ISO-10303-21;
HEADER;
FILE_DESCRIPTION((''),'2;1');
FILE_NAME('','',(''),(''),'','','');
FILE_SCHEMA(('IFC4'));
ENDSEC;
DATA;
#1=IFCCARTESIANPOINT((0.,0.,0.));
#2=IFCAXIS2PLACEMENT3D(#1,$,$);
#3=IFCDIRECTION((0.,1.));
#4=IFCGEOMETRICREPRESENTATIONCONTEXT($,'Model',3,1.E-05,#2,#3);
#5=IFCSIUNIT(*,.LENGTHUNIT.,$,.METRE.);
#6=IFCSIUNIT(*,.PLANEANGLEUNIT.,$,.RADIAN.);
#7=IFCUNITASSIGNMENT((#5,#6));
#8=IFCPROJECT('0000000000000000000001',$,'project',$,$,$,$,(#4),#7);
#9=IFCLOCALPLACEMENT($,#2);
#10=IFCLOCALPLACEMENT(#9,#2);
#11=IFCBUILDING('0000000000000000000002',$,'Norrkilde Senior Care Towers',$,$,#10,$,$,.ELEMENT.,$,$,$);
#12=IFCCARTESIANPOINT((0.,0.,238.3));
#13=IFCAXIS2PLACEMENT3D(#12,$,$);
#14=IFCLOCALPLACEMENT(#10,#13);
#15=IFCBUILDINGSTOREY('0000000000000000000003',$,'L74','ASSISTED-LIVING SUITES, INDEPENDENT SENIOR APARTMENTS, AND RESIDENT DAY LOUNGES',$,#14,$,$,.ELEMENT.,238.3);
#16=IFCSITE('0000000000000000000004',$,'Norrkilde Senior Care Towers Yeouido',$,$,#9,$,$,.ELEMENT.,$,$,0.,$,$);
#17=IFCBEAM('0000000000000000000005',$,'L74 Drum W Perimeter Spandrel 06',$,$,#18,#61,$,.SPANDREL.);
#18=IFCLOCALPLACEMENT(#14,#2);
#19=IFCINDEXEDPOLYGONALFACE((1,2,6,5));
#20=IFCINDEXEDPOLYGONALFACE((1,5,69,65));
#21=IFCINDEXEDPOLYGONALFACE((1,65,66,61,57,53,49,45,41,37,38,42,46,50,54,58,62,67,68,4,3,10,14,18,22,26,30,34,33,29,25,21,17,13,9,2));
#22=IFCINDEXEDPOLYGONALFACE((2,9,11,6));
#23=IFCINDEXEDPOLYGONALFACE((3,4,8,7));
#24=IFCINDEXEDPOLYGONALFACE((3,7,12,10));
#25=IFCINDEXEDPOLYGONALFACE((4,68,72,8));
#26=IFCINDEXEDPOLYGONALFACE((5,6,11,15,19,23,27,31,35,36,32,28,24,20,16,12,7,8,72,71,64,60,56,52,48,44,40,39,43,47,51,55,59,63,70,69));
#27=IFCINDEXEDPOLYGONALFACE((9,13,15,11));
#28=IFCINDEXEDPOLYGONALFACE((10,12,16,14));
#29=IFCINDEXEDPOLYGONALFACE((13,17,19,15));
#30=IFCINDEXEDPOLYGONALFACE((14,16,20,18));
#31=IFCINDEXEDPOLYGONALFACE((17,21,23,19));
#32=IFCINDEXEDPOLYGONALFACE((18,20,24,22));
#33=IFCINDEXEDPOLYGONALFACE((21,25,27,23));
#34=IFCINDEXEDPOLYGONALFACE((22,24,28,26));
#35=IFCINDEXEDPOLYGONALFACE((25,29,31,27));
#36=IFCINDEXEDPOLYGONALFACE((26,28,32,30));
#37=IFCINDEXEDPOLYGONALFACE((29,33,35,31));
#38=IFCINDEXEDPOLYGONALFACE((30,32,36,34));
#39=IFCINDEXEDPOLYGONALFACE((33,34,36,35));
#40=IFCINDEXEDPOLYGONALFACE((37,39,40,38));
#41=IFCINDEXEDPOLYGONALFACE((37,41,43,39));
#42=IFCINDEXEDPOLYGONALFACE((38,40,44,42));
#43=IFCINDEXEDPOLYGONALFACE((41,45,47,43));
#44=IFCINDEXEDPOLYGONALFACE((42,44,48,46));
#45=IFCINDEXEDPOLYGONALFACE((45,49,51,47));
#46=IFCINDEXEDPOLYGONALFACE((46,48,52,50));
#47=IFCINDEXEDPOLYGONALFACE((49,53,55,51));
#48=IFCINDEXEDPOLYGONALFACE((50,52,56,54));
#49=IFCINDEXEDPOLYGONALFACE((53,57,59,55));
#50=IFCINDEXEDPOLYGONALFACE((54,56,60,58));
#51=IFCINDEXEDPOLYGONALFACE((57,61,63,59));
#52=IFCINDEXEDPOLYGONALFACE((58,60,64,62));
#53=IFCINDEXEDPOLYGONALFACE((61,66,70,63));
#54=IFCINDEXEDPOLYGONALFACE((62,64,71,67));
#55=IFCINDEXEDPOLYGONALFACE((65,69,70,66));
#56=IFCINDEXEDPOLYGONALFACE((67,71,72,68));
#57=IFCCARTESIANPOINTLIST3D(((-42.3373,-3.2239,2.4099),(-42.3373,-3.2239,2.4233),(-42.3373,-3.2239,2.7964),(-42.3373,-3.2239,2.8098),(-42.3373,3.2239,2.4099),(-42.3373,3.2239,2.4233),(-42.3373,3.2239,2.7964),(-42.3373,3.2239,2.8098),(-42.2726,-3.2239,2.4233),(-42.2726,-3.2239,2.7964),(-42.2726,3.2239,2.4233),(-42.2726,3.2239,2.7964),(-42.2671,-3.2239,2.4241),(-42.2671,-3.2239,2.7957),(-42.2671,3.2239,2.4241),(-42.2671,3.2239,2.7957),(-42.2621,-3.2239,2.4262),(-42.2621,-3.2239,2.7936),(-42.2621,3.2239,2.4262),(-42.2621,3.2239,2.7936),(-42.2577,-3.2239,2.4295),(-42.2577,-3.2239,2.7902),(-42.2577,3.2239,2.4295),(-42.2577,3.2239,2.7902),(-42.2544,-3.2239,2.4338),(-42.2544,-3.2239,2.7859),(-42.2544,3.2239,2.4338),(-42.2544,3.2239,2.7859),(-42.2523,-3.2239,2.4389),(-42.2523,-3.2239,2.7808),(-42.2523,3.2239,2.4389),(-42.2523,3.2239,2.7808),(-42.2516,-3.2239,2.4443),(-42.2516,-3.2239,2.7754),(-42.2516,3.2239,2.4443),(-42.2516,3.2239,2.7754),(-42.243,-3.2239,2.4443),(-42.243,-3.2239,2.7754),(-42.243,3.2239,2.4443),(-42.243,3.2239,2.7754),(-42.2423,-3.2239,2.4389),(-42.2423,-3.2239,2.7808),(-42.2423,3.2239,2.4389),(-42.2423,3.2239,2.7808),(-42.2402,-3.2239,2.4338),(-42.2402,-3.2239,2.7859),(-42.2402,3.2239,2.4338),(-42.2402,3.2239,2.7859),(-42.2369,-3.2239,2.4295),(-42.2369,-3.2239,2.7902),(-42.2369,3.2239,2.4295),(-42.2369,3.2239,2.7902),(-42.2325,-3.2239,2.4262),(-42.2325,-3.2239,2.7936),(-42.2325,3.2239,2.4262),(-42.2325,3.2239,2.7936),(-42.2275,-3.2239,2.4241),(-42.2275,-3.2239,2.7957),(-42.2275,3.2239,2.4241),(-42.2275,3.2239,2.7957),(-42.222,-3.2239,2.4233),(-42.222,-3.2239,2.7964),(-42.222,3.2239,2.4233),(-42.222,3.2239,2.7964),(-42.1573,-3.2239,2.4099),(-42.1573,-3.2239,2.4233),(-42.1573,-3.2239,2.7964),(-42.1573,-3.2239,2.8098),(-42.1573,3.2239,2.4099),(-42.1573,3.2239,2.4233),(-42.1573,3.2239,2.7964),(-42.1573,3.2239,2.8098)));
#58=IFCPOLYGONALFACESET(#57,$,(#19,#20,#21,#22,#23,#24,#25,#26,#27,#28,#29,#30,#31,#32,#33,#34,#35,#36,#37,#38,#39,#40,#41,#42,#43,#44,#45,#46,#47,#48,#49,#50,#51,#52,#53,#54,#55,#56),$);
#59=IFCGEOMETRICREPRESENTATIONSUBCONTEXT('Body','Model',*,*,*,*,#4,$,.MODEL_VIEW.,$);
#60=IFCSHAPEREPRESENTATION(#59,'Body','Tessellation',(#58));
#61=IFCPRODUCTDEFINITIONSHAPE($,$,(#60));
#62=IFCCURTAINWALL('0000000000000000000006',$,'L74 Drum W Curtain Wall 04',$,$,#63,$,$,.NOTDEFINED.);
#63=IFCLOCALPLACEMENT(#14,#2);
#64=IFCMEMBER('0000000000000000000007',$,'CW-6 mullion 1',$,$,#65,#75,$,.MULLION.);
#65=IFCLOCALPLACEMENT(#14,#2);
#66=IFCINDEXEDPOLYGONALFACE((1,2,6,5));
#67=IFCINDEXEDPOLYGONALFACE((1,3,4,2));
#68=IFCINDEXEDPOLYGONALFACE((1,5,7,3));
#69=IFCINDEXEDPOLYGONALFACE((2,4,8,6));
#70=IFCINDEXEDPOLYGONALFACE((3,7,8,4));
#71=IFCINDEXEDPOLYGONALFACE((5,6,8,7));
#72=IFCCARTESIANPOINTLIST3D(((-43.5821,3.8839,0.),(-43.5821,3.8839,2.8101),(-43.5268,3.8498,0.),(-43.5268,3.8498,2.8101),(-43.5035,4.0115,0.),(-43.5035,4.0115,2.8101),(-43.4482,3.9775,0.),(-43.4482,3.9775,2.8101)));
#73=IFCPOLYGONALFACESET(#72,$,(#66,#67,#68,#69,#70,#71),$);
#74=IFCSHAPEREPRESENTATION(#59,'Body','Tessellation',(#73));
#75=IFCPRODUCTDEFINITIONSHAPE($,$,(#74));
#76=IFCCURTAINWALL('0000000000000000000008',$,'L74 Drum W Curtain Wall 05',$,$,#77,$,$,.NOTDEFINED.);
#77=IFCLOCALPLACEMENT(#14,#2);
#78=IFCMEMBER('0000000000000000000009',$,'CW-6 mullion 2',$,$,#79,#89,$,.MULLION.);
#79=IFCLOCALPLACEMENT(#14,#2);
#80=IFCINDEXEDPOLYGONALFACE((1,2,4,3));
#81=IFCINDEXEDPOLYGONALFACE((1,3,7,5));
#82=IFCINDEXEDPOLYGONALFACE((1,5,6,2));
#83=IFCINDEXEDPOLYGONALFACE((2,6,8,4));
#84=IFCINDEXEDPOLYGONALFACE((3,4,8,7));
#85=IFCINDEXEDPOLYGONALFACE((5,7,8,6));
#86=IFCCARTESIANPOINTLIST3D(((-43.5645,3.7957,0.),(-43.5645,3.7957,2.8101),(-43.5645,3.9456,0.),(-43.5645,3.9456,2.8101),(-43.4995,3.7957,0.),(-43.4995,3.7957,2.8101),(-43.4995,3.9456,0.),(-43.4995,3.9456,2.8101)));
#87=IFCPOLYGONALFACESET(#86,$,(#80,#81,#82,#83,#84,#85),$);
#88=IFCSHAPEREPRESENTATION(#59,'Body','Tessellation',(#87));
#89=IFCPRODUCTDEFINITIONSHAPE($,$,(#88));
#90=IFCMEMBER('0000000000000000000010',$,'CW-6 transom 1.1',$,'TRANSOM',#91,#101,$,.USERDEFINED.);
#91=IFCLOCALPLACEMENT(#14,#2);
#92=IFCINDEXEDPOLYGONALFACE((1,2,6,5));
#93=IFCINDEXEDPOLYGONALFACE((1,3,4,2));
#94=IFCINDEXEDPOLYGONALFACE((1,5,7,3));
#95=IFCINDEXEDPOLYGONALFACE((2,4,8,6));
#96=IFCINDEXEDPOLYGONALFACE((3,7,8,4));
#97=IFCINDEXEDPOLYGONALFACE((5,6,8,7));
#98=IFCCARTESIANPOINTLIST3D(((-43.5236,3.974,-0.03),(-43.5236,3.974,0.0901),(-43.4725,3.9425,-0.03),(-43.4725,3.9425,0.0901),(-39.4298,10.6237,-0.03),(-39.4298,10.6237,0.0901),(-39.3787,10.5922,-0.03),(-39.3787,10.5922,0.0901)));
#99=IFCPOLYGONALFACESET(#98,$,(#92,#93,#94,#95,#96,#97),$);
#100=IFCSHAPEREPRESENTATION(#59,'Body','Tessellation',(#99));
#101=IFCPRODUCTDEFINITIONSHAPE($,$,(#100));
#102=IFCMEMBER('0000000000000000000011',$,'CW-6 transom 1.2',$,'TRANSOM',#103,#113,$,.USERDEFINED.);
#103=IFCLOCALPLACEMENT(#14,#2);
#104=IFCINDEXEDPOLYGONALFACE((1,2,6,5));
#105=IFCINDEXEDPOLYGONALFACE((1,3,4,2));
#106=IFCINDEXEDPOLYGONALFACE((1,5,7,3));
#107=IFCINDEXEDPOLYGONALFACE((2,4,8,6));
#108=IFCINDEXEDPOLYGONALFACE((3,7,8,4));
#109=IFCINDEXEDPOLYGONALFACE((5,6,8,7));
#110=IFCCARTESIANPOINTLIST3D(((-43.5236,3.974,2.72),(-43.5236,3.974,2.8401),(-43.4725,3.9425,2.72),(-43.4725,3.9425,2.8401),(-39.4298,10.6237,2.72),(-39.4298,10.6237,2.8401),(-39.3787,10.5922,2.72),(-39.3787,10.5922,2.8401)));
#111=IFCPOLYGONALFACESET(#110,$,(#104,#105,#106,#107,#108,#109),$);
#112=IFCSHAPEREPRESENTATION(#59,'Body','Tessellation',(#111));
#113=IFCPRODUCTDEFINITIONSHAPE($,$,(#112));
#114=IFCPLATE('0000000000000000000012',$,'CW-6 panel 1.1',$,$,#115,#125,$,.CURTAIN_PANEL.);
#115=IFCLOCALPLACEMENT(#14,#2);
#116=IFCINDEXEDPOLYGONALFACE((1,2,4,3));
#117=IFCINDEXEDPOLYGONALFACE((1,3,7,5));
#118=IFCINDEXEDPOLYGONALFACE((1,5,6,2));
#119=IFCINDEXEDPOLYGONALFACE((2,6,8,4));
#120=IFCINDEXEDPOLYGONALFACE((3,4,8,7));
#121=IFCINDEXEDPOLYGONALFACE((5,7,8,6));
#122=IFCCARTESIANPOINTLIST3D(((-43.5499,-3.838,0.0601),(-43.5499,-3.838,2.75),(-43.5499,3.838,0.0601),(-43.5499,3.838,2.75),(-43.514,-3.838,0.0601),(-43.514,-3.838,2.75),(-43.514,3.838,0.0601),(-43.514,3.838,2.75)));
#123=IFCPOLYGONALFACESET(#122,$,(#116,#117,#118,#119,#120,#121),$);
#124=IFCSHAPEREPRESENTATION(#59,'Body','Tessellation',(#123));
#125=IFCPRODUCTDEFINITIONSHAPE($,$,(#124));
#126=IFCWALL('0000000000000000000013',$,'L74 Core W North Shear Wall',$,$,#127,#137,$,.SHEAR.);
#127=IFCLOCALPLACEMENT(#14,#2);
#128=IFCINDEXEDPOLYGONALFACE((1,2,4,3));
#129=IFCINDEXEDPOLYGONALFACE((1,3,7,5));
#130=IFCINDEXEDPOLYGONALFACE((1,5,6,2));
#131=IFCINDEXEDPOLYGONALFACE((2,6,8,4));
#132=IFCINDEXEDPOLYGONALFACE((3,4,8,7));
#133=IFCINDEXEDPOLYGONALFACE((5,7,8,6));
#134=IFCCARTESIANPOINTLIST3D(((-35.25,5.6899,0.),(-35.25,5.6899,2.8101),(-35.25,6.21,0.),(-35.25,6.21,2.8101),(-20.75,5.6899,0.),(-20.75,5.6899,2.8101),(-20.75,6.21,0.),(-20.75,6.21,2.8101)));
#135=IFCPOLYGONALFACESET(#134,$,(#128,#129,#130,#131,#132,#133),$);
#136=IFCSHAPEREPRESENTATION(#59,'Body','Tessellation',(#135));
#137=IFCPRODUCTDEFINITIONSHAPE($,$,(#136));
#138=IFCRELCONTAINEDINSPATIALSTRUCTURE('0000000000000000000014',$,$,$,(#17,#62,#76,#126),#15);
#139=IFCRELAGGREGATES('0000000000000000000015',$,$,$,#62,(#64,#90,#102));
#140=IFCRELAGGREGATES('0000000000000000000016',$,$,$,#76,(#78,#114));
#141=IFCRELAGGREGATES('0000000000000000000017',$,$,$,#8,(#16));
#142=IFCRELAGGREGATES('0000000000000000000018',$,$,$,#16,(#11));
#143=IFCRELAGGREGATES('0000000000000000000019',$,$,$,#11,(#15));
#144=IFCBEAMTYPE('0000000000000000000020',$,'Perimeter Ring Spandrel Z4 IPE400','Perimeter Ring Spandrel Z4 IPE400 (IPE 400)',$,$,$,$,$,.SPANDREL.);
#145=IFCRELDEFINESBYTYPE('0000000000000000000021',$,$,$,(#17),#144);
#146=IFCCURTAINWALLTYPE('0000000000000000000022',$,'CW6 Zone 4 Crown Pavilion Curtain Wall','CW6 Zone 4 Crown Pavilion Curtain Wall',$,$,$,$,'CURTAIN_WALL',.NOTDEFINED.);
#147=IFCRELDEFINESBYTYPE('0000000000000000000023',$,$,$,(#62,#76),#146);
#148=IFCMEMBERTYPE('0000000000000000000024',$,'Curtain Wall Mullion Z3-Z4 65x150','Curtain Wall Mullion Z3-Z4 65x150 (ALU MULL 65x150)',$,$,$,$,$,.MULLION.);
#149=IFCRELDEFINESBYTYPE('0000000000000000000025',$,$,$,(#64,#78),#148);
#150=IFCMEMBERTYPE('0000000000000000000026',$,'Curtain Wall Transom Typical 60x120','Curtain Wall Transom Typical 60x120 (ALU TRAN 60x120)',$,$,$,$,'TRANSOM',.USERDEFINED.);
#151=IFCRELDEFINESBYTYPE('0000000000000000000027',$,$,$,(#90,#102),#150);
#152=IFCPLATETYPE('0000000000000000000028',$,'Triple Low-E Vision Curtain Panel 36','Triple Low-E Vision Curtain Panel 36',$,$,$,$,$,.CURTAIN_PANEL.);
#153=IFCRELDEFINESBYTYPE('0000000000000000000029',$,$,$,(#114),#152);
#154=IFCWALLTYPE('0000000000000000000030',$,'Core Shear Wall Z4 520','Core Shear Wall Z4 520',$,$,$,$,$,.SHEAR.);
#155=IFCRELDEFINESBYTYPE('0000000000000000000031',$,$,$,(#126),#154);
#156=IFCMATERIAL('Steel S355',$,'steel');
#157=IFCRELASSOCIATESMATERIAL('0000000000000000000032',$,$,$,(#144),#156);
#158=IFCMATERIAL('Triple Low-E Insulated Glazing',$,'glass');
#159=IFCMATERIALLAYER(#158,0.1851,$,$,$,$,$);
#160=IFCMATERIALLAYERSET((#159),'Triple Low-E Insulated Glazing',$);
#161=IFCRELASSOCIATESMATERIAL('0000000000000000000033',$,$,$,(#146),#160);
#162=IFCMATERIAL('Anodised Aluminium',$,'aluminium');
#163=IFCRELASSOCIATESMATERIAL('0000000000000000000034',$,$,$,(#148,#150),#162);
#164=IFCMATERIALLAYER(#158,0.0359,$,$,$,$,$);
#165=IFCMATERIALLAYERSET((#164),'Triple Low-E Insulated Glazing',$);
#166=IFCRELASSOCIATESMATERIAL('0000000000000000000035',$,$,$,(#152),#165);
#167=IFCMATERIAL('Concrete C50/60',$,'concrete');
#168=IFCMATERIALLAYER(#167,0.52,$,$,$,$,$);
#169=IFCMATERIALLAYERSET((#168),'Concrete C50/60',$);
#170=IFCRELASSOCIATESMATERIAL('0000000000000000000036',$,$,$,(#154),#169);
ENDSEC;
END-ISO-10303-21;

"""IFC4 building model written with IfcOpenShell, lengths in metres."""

from ifc_helpers import new_model, si_unit, direction, frame, frame_2d, origin, origin_2d, place, context, subcontext, project, spatial, rectangle, i_section, extrude, source, transform, mapped, material, layer, layer_set, material_profile, profile_set, type_object, type_shapes, element, aggregate, save


model = new_model("IFC4")

# Units and contexts
model_context = context("Model", 3, precision=1e-05, world=origin(), true_north=direction((0.0, 1.0)))
body_context = subcontext(model_context, "Body", "Model", "MODEL_VIEW")
ifc_project = project(units=[si_unit("LENGTHUNIT", "METRE"), si_unit("PLANEANGLEUNIT", "RADIAN")], contexts=[model_context])

# Site, building, storey
site_placement = place(None, origin())
site = spatial("IfcSite", under=ifc_project, at=site_placement, Name="Norrkilde Senior Care Towers Yeouido", CompositionType="ELEMENT", RefElevation=0.0)
building_placement = place(site_placement, origin())
building = spatial("IfcBuilding", under=site, at=building_placement, Name="Norrkilde Senior Care Towers", CompositionType="ELEMENT")
storey_placement = place(building_placement, frame((0.0, 0.0, 238.3)))
storey = spatial("IfcBuildingStorey", under=building, at=storey_placement, Name="L74", Description="ASSISTED-LIVING SUITES, INDEPENDENT SENIOR APARTMENTS, AND RESIDENT DAY LOUNGES", CompositionType="ELEMENT", Elevation=238.3)

# Shared definitions
ifc_material_1 = material(Name="Concrete C50/60", Category="concrete")

# Beam
ifc_material_2 = material(Name="Steel S355", Category="steel")
ifc_material_profile_1 = material_profile(ifc_material_2, i_section(OverallWidth=0.1799, OverallDepth=0.3999, WebThickness=0.0085, FlangeThickness=0.0134, FilletRadius=0.021, at=origin_2d()), Name="IPE 400")
ifc_profile_set_1 = profile_set([ifc_material_profile_1], Name="Steel S355")
beam_type_1 = type_object("IfcBeamType", Name="Perimeter Ring Spandrel Z4 IPE400", Description="Perimeter Ring Spandrel Z4 IPE400 (IPE 400)", PredefinedType="SPANDREL", material=ifc_profile_set_1)
shared_shape_1 = source(origin(), body_context, "Body", "SweptSolid", [
    extrude(i_section(OverallWidth=0.1799, OverallDepth=0.3999, WebThickness=0.0085, FlangeThickness=0.0134, FilletRadius=0.021, at=origin_2d()), origin(), (0.0, 0.0, 1.0), 6.4478),
])
type_shapes(beam_type_1, [shared_shape_1])
beam_1_placement = place(storey_placement, frame((-42.2473, 3.2239, 2.6099), z_axis=(0.0, -1.0, 0.0), x_axis=(1.0, 0.0, 0.0)))
element("IfcBeam", 1, at=beam_1_placement, inside=storey, type_object=beam_type_1, Name="L74 Drum W Perimeter Spandrel 06", PredefinedType="SPANDREL", context=body_context, shape_type="MappedRepresentation", body=[
    mapped(shared_shape_1, transform((0.0, 0.0, 0.0), x_axis=(1.0, 0.0, 0.0), y_axis=(0.0, 1.0, 0.0), z_axis=(0.0, 0.0, 1.0), scale=1.0)),
])

# Curtain walls, members
ifc_material_3 = material(Name="Triple Low-E Insulated Glazing", Category="glass")
ifc_layer_1 = layer(ifc_material_3, 0.1851)
ifc_layer_set_1 = layer_set([ifc_layer_1], Name="Triple Low-E Insulated Glazing")
curtain_wall_type = type_object("IfcCurtainWallType", Name="CW6 Zone 4 Crown Pavilion Curtain Wall", Description="CW6 Zone 4 Crown Pavilion Curtain Wall", ElementType="CURTAIN_WALL", PredefinedType="NOTDEFINED", material=ifc_layer_set_1)
curtain_wall_1_placement = place(storey_placement, origin())
curtain_wall_1 = element("IfcCurtainWall", 2, at=curtain_wall_1_placement, inside=storey, type_object=curtain_wall_type, Name="L74 Drum W Curtain Wall 04", PredefinedType="NOTDEFINED")
ifc_material_4 = material(Name="Anodised Aluminium", Category="aluminium")
ifc_material_profile_2 = material_profile(ifc_material_4, rectangle(XDim=0.0649, YDim=0.1499, at=origin_2d()), Name="ALU MULL 65x150")
ifc_profile_set_2 = profile_set([ifc_material_profile_2], Name="Anodised Aluminium")
member_type_1 = type_object("IfcMemberType", Name="Curtain Wall Mullion Z3-Z4 65x150", Description="Curtain Wall Mullion Z3-Z4 65x150 (ALU MULL 65x150)", PredefinedType="MULLION", material=ifc_profile_set_2)
shared_shape_2 = source(origin(), body_context, "Body", "SweptSolid", [
    extrude(rectangle(XDim=0.0649, YDim=0.1499, at=origin_2d()), origin(), (0.0, 0.0, 1.0), 2.8101),
])
type_shapes(member_type_1, [shared_shape_2])
member_1_placement = place(storey_placement, frame((-43.5151, 3.9307, 0.0), z_axis=(0.0, 0.0, 1.0), x_axis=(-0.851563, 0.524253, 0.0)))
member_1 = element("IfcMember", 3, at=member_1_placement, type_object=member_type_1, Name="CW-6 mullion 1", PredefinedType="MULLION", context=body_context, shape_type="MappedRepresentation", body=[
    mapped(shared_shape_2, transform((0.0, 0.0, 0.0), x_axis=(1.0, 0.0, 0.0), y_axis=(0.0, 1.0, 0.0), z_axis=(0.0, 0.0, 1.0), scale=1.0)),
])
curtain_wall_2_placement = place(storey_placement, origin())
curtain_wall_2 = element("IfcCurtainWall", 4, at=curtain_wall_2_placement, inside=storey, type_object=curtain_wall_type, Name="L74 Drum W Curtain Wall 05", PredefinedType="NOTDEFINED")
member_2_placement = place(storey_placement, frame((-43.532, 3.8706, 0.0), z_axis=(0.0, 0.0, 1.0), x_axis=(-1.0, 0.0, 0.0)))
member_2 = element("IfcMember", 5, at=member_2_placement, type_object=member_type_1, Name="CW-6 mullion 2", PredefinedType="MULLION", context=body_context, shape_type="MappedRepresentation", body=[
    mapped(shared_shape_2, transform((0.0, 0.0, 0.0), x_axis=(1.0, 0.0, 0.0), y_axis=(0.0, 1.0, 0.0), z_axis=(0.0, 0.0, 1.0), scale=1.0)),
])

# Members
ifc_material_profile_3 = material_profile(ifc_material_4, rectangle(XDim=0.0601, YDim=0.1201, at=origin_2d()), Name="ALU TRAN 60x120")
ifc_profile_set_3 = profile_set([ifc_material_profile_3], Name="Anodised Aluminium")
member_type_2 = type_object("IfcMemberType", Name="Curtain Wall Transom Typical 60x120", Description="Curtain Wall Transom Typical 60x120 (ALU TRAN 60x120)", ElementType="TRANSOM", PredefinedType="USERDEFINED", material=ifc_profile_set_3)
shared_shape_3 = source(origin(), body_context, "Body", "SweptSolid", [
    extrude(rectangle(XDim=0.0601, YDim=0.1201, at=origin_2d()), origin(), (0.0, 0.0, 1.0), 7.8088),
])
type_shapes(member_type_2, [shared_shape_3])
member_3_placement = place(storey_placement, frame((-43.498, 3.9583, 0.03), z_axis=(0.524251, 0.851564, 0.0), x_axis=(-0.851564, 0.524251, 0.0)))
member_3 = element("IfcMember", 6, at=member_3_placement, type_object=member_type_2, Name="CW-6 transom 1.1", ObjectType="TRANSOM", PredefinedType="USERDEFINED", context=body_context, shape_type="MappedRepresentation", body=[
    mapped(shared_shape_3, transform((0.0, 0.0, 0.0), x_axis=(1.0, 0.0, 0.0), y_axis=(0.0, 1.0, 0.0), z_axis=(0.0, 0.0, 1.0), scale=1.0)),
])
member_4_placement = place(storey_placement, frame((-43.498, 3.9583, 2.78), z_axis=(0.524251, 0.851564, 0.0), x_axis=(-0.851564, 0.524251, 0.0)))
member_4 = element("IfcMember", 7, at=member_4_placement, type_object=member_type_2, Name="CW-6 transom 1.2", ObjectType="TRANSOM", PredefinedType="USERDEFINED", context=body_context, shape_type="MappedRepresentation", body=[
    mapped(shared_shape_3, transform((0.0, 0.0, 0.0), x_axis=(1.0, 0.0, 0.0), y_axis=(0.0, 1.0, 0.0), z_axis=(0.0, 0.0, 1.0), scale=1.0)),
])
aggregate(curtain_wall_1, [member_1, member_3, member_4])

# Plate
ifc_layer_2 = layer(ifc_material_3, 0.0359)
ifc_layer_set_2 = layer_set([ifc_layer_2], Name="Triple Low-E Insulated Glazing")
plate_type = type_object("IfcPlateType", Name="Triple Low-E Vision Curtain Panel 36", Description="Triple Low-E Vision Curtain Panel 36", PredefinedType="CURTAIN_PANEL", material=ifc_layer_set_2)
shared_shape_4 = source(origin(), body_context, "Body", "SweptSolid", [
    extrude(rectangle(XDim=7.676, YDim=0.0359, at=origin_2d()), origin(), (0.0, 0.0, 1.0), 2.6899),
])
type_shapes(plate_type, [shared_shape_4])
plate_placement = place(storey_placement, frame((-43.532, 0.0, 0.0601), z_axis=(0.0, 0.0, 1.0), x_axis=(0.0, 1.0, 0.0)))
plate = element("IfcPlate", 8, at=plate_placement, type_object=plate_type, Name="CW-6 panel 1.1", PredefinedType="CURTAIN_PANEL", context=body_context, shape_type="MappedRepresentation", body=[
    mapped(shared_shape_4, transform((0.0, 0.0, 0.0), x_axis=(1.0, 0.0, 0.0), y_axis=(0.0, 1.0, 0.0), z_axis=(0.0, 0.0, 1.0), scale=1.0)),
])
aggregate(curtain_wall_2, [member_2, plate])

# Wall
ifc_layer_3 = layer(ifc_material_1, 0.52)
ifc_layer_set_3 = layer_set([ifc_layer_3], Name="Concrete C50/60")
wall_type_1 = type_object("IfcWallType", Name="Core Shear Wall Z4 520", Description="Core Shear Wall Z4 520", PredefinedType="SHEAR", material=ifc_layer_set_3)
shared_shape_5 = source(origin(), body_context, "Body", "SweptSolid", [
    extrude(rectangle(XDim=14.5, YDim=0.52, at=frame_2d((7.25, 0.0))), origin(), (0.0, 0.0, 1.0), 2.8101),
])
type_shapes(wall_type_1, [shared_shape_5])
wall_1_placement = place(storey_placement, frame((-35.25, 5.95, 0.0), z_axis=(0.0, 0.0, 1.0), x_axis=(1.0, 0.0, 0.0)))
element("IfcWall", 9, at=wall_1_placement, inside=storey, type_object=wall_type_1, Name="L74 Core W North Shear Wall", PredefinedType="SHEAR", context=body_context, shape_type="MappedRepresentation", body=[
    mapped(shared_shape_5, transform((0.0, 0.0, 0.0), x_axis=(1.0, 0.0, 0.0), y_axis=(0.0, 1.0, 0.0), z_axis=(0.0, 0.0, 1.0), scale=1.0)),
])

save(model, "model.ifc")
